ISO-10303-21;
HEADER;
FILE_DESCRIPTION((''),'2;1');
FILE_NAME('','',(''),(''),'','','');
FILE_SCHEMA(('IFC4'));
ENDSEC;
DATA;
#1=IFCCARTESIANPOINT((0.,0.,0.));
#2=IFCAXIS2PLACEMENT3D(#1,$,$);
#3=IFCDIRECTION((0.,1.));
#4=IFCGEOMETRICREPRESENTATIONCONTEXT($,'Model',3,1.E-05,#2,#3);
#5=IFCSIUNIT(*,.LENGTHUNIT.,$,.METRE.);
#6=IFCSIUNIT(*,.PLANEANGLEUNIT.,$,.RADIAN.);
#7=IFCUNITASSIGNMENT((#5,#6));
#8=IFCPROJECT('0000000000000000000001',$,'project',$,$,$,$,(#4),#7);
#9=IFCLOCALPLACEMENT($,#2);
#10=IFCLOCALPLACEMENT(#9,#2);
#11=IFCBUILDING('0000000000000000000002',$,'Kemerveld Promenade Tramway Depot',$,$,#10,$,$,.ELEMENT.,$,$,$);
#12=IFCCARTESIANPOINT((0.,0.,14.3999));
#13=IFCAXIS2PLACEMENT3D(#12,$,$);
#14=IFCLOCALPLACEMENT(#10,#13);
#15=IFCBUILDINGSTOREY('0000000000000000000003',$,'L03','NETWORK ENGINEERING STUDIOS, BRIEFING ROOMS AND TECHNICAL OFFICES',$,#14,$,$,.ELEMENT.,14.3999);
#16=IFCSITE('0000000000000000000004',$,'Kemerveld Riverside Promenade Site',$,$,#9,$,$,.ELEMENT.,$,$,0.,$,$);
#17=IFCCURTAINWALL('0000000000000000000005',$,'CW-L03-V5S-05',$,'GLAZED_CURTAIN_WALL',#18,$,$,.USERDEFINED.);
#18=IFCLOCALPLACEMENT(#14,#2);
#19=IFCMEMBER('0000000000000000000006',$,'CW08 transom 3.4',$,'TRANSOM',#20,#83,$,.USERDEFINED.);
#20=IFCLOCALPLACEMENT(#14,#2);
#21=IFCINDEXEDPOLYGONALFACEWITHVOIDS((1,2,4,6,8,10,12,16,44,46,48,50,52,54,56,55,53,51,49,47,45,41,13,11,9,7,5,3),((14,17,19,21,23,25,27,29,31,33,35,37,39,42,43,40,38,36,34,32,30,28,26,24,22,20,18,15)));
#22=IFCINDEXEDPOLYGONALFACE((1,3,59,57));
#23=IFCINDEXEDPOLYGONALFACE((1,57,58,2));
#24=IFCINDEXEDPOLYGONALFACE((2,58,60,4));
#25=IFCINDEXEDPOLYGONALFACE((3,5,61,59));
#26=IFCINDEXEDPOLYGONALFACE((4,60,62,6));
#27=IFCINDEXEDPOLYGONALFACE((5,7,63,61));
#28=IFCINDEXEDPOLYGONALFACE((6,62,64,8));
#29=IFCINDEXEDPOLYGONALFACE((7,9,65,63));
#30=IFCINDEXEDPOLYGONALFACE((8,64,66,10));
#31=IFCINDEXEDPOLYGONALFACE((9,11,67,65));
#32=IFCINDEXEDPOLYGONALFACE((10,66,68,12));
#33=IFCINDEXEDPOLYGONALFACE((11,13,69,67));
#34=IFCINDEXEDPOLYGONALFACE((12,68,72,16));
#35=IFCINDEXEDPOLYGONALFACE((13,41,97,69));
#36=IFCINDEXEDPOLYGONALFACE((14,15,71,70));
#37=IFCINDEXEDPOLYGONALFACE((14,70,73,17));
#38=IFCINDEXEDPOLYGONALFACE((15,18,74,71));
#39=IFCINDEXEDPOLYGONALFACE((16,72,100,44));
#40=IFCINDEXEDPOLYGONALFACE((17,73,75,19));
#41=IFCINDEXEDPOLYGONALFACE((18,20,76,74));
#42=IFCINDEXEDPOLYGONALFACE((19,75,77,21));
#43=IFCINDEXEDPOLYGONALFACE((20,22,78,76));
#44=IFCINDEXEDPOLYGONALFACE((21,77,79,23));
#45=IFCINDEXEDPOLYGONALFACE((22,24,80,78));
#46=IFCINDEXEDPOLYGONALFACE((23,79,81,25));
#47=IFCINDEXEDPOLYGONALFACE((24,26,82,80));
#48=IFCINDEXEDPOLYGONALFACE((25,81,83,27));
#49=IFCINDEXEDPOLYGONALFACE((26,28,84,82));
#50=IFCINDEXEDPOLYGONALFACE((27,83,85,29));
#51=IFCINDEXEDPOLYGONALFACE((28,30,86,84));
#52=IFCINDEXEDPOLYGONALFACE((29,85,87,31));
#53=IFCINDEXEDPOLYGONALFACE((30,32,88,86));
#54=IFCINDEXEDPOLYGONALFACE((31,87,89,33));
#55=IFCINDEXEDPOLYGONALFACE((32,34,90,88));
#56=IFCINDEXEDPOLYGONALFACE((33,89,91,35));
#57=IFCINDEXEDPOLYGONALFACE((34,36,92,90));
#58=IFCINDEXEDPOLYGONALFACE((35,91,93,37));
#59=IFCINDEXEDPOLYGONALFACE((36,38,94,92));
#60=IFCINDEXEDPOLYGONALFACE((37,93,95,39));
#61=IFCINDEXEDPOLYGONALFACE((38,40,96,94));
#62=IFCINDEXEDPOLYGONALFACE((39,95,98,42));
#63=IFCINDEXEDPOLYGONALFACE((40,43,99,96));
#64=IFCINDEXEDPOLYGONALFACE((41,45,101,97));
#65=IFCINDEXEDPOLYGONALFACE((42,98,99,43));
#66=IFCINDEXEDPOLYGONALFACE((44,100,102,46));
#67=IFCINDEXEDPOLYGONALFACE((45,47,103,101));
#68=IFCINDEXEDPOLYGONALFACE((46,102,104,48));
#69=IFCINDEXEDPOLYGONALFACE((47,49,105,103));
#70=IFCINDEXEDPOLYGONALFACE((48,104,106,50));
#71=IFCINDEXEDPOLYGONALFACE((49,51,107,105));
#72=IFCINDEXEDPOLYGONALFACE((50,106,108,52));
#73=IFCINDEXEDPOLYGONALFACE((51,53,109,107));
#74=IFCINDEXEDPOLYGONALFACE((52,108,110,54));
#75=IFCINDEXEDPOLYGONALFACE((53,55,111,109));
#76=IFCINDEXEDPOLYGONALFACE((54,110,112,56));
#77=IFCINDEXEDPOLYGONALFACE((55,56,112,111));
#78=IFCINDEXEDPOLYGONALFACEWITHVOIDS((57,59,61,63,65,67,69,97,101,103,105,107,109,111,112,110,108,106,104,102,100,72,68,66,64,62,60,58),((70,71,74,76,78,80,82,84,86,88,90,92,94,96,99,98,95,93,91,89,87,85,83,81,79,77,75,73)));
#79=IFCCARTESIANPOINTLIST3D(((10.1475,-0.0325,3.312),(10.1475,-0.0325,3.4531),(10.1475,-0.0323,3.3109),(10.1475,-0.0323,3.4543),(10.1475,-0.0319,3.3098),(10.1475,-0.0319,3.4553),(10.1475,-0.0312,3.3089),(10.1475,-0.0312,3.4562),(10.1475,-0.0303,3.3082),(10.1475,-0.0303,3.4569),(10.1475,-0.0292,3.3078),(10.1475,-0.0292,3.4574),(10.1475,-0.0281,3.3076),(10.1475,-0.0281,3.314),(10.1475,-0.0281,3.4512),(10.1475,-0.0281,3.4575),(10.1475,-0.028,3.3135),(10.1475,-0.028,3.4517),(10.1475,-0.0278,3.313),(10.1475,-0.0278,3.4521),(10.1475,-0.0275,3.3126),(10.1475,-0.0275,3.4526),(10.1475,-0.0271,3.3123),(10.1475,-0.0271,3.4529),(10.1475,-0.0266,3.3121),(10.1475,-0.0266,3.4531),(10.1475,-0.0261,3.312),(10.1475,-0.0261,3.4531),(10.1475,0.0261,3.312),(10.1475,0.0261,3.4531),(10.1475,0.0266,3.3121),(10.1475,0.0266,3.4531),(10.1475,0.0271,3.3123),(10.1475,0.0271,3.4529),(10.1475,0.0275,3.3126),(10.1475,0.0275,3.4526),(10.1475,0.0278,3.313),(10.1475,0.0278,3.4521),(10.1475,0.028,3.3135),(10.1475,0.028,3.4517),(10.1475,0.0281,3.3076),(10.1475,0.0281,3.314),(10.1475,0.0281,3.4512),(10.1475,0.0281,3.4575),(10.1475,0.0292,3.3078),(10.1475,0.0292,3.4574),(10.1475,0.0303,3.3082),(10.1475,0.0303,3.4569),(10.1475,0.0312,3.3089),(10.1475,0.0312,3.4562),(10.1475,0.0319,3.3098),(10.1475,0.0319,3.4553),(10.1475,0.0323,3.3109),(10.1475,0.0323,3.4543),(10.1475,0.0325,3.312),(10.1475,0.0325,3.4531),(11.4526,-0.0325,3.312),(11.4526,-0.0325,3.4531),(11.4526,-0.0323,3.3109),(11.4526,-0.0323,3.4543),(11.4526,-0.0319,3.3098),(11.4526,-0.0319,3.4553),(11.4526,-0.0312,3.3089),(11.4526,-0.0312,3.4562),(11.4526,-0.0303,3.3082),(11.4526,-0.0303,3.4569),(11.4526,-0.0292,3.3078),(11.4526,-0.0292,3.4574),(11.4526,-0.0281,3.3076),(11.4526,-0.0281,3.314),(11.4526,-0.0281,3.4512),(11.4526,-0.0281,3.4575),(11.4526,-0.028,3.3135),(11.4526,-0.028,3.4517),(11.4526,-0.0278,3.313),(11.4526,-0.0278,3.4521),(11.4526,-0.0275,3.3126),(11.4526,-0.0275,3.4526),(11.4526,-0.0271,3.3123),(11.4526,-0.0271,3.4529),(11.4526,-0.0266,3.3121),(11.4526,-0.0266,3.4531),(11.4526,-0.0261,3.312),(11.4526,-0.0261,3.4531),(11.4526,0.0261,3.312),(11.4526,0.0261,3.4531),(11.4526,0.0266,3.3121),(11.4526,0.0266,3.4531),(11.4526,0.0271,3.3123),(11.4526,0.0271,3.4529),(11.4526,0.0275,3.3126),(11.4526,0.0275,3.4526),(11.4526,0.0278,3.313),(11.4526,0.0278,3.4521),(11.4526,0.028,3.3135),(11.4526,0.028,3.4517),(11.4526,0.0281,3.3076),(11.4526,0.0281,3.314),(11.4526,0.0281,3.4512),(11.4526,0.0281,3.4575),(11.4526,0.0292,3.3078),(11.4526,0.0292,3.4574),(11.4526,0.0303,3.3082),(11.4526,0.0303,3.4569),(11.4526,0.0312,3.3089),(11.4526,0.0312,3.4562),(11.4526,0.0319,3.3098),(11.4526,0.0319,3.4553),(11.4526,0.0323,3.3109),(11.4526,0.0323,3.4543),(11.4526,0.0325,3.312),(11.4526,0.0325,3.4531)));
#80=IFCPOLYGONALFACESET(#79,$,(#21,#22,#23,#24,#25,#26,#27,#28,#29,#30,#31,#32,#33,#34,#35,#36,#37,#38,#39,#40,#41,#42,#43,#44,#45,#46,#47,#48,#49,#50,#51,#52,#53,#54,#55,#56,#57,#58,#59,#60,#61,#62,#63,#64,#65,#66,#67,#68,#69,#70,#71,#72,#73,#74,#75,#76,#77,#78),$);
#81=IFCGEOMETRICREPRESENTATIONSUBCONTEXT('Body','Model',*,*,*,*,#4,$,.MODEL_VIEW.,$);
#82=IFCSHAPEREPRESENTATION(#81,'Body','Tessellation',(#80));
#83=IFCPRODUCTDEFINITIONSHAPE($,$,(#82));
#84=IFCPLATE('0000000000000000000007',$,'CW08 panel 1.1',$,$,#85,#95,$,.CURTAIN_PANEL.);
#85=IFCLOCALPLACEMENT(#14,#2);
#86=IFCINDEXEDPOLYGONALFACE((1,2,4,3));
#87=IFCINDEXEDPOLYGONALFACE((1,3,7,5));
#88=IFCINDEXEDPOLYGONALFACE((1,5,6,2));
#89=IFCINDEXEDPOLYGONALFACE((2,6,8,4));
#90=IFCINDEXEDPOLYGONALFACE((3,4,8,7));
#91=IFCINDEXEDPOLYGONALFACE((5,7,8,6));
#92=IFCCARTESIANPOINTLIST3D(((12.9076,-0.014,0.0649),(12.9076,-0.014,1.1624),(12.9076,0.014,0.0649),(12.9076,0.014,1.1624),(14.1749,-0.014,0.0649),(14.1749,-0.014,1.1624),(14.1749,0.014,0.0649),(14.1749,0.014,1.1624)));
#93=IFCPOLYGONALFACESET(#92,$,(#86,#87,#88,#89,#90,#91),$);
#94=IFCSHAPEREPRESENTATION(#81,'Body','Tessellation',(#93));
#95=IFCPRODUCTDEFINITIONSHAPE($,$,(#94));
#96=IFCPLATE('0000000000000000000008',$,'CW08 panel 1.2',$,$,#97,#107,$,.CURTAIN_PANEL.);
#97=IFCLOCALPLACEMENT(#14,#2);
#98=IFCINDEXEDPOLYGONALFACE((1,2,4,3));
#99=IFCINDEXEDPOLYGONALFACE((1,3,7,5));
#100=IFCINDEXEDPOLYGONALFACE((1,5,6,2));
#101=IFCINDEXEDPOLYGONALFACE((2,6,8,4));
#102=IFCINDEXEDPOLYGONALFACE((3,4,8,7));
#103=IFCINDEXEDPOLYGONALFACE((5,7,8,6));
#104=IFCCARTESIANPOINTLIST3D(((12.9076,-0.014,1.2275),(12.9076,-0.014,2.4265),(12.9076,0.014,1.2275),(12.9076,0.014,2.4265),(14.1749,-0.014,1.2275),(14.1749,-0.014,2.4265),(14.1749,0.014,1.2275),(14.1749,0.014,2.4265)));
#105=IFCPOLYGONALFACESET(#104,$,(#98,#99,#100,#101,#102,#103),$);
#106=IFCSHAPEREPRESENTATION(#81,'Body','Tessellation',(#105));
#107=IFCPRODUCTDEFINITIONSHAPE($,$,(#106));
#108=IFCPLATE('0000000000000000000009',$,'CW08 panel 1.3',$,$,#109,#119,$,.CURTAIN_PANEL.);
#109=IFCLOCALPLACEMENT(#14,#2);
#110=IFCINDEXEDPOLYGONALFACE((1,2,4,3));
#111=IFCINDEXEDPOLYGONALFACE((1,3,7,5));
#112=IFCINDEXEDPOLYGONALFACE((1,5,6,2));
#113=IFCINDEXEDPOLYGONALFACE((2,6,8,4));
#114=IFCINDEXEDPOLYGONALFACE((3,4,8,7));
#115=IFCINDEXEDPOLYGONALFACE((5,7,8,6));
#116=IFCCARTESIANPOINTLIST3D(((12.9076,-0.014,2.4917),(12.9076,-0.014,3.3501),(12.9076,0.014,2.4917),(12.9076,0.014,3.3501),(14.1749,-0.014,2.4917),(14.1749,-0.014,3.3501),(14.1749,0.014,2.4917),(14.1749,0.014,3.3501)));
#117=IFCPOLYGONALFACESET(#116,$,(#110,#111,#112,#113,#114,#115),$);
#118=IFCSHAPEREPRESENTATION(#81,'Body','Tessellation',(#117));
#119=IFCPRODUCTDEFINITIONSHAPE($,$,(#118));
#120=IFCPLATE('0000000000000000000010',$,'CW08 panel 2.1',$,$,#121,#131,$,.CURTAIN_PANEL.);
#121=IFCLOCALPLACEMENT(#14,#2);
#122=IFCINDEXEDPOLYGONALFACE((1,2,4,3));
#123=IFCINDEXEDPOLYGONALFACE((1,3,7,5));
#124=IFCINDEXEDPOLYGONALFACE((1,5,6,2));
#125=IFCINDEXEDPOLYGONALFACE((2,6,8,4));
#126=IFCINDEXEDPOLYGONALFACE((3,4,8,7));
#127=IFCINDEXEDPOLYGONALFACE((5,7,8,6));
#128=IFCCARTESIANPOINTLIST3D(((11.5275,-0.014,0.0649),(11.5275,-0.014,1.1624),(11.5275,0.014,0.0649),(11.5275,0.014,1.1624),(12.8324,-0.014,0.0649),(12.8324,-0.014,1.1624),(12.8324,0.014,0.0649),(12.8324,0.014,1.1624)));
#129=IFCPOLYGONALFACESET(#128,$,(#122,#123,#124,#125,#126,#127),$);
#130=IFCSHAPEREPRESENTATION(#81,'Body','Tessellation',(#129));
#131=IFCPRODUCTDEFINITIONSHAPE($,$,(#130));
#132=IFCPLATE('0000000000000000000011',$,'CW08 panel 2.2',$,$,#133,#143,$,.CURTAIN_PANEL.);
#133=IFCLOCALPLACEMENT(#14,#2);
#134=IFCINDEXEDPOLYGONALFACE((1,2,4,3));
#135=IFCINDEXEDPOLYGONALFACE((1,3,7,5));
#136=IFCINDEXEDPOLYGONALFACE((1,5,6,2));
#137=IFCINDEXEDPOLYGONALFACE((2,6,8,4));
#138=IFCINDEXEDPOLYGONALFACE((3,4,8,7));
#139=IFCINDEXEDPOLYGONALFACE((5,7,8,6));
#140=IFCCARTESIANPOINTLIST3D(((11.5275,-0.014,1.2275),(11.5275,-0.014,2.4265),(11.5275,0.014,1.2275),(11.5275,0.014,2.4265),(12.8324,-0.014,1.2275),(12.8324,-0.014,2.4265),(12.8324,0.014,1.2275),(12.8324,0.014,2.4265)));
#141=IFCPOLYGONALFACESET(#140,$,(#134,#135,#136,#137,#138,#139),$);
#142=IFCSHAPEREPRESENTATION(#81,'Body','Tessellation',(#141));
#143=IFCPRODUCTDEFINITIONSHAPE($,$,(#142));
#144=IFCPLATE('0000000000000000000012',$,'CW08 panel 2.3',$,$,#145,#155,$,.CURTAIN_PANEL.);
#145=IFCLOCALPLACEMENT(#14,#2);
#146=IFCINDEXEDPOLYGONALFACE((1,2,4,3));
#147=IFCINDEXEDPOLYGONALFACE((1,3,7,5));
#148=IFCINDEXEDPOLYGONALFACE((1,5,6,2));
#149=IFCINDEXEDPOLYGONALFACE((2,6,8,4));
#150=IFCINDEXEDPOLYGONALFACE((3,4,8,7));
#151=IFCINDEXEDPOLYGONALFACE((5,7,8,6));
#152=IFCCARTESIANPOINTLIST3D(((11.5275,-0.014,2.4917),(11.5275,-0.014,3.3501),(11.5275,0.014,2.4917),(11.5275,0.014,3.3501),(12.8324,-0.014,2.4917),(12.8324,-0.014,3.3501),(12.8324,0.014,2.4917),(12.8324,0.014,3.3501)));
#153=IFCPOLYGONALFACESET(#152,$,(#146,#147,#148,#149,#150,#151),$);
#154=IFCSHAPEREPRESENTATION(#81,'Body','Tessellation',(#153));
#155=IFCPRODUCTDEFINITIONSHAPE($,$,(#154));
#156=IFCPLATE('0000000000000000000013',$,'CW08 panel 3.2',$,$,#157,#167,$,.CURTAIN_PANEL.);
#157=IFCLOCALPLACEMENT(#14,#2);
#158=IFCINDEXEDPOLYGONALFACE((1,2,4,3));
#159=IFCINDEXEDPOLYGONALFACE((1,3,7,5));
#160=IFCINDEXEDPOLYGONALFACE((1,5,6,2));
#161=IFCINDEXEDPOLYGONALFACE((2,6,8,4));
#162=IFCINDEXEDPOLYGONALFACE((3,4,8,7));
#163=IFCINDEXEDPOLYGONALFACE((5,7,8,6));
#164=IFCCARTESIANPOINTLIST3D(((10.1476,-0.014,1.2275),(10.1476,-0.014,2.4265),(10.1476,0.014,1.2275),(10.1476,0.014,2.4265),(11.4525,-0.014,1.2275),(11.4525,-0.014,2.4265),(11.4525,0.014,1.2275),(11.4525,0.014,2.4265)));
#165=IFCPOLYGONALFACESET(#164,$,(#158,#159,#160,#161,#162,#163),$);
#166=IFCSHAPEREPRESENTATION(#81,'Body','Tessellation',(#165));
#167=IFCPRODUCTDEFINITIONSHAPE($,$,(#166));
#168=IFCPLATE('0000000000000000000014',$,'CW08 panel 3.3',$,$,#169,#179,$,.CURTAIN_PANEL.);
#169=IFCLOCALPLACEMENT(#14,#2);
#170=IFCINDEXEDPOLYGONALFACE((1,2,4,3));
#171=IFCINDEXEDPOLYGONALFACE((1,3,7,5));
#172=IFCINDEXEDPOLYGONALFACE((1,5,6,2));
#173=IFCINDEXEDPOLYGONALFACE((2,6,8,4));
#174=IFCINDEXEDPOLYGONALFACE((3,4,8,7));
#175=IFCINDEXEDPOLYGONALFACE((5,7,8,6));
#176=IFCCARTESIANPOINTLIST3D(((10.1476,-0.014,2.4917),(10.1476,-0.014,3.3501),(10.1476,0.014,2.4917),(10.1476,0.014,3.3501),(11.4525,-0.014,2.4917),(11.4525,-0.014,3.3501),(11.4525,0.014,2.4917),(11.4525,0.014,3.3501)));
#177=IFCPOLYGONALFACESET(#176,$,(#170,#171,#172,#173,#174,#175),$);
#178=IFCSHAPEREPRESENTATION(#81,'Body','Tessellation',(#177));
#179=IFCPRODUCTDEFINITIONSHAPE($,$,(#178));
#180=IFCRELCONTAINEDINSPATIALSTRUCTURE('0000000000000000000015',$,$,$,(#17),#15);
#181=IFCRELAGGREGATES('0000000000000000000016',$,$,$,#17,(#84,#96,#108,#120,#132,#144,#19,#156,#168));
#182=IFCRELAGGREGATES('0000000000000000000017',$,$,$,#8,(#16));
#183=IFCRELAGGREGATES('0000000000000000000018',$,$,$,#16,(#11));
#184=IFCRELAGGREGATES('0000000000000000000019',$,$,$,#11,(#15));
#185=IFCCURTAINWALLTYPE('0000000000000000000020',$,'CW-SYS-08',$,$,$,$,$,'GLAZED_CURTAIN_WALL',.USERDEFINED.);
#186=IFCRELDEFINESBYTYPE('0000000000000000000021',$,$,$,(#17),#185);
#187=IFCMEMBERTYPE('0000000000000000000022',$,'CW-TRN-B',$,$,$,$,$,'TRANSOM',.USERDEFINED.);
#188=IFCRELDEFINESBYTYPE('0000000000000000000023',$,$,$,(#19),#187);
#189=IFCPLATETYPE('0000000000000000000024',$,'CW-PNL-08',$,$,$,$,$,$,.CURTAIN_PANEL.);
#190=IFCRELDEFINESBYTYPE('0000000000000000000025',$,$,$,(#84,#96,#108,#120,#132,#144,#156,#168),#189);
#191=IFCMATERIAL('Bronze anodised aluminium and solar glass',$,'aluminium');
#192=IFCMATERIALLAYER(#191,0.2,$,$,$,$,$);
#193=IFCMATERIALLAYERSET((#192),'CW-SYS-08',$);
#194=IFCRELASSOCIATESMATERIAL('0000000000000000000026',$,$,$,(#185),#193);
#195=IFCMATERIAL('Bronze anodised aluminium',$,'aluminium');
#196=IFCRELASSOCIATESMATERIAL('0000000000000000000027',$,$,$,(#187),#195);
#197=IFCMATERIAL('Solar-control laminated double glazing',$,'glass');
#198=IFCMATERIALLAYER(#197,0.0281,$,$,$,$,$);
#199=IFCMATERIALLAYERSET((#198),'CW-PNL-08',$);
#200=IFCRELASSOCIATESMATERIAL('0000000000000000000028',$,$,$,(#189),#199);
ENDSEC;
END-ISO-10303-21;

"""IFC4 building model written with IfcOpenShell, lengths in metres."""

from ifc_helpers import new_model, si_unit, direction, frame, origin, origin_2d, place, context, subcontext, project, spatial, rectangle, hollow_rectangle, extrude, material, layer, layer_set, material_profile, profile_set, type_object, element, aggregate, save


model = new_model("IFC4")

# Units and contexts
model_context = context("Model", 3, precision=1e-05, world=origin(), true_north=direction((0.0, 1.0)))
body_context = subcontext(model_context, "Body", "Model", "MODEL_VIEW")
ifc_project = project(units=[si_unit("LENGTHUNIT", "METRE"), si_unit("PLANEANGLEUNIT", "RADIAN")], contexts=[model_context])

# Site, building, storey
site_placement = place(None, origin())
site = spatial("IfcSite", under=ifc_project, at=site_placement, Name="Kemerveld Riverside Promenade Site", CompositionType="ELEMENT", RefElevation=0.0)
building_placement = place(site_placement, origin())
building = spatial("IfcBuilding", under=site, at=building_placement, Name="Kemerveld Promenade Tramway Depot", CompositionType="ELEMENT")
storey_placement = place(building_placement, frame((0.0, 0.0, 14.3999)))
storey = spatial("IfcBuildingStorey", under=building, at=storey_placement, Name="L03", Description="NETWORK ENGINEERING STUDIOS, BRIEFING ROOMS AND TECHNICAL OFFICES", CompositionType="ELEMENT", Elevation=14.3999)

# Curtain wall, member, plates
ifc_material_1 = material(Name="Bronze anodised aluminium and solar glass", Category="aluminium")
ifc_layer_1 = layer(ifc_material_1, 0.2)
ifc_layer_set_1 = layer_set([ifc_layer_1], Name="CW-SYS-08")
curtain_wall_type = type_object("IfcCurtainWallType", Name="CW-SYS-08", ElementType="GLAZED_CURTAIN_WALL", PredefinedType="USERDEFINED", material=ifc_layer_set_1)
curtain_wall_placement = place(storey_placement, origin())
curtain_wall = element("IfcCurtainWall", 1, at=curtain_wall_placement, inside=storey, type_object=curtain_wall_type, Name="CW-L03-V5S-05", ObjectType="GLAZED_CURTAIN_WALL", PredefinedType="USERDEFINED")
ifc_material_2 = material(Name="Bronze anodised aluminium", Category="aluminium")
ifc_material_profile_1 = material_profile(ifc_material_2, hollow_rectangle(XDim=0.0649, YDim=0.1499, WallThickness=0.0044, InnerFilletRadius=0.002, OuterFilletRadius=0.0044, at=origin_2d()), Name="CW-TRN-150x65")
ifc_profile_set_1 = profile_set([ifc_material_profile_1], Name="Bronze anodised aluminium")
member_type_1 = type_object("IfcMemberType", Name="CW-TRN-B", ElementType="TRANSOM", PredefinedType="USERDEFINED", material=ifc_profile_set_1)
member_1_placement = place(storey_placement, frame((11.4526, 0.0, 3.3826), z_axis=(-1.0, 0.0, 0.0), x_axis=(0.0, -1.0, 0.0)))
member_1 = element("IfcMember", 2, at=member_1_placement, type_object=member_type_1, Name="CW08 transom 3.4", ObjectType="TRANSOM", PredefinedType="USERDEFINED", context=body_context, shape_type="SweptSolid", body=[
    extrude(hollow_rectangle(XDim=0.0649, YDim=0.1499, WallThickness=0.0044, InnerFilletRadius=0.002, OuterFilletRadius=0.0044, at=origin_2d()), origin(), (0.0, 0.0, 1.0), 1.3052),
])
ifc_material_3 = material(Name="Solar-control laminated double glazing", Category="glass")
ifc_layer_2 = layer(ifc_material_3, 0.0281)
ifc_layer_set_2 = layer_set([ifc_layer_2], Name="CW-PNL-08")
plate_type = type_object("IfcPlateType", Name="CW-PNL-08", PredefinedType="CURTAIN_PANEL", material=ifc_layer_set_2)
plate_1_placement = place(storey_placement, frame((13.5413, 0.0, 0.0649), z_axis=(0.0, 0.0, 1.0), x_axis=(-1.0, 0.0, 0.0)))
plate_1 = element("IfcPlate", 3, at=plate_1_placement, type_object=plate_type, Name="CW08 panel 1.1", PredefinedType="CURTAIN_PANEL", context=body_context, shape_type="SweptSolid", body=[
    extrude(rectangle(XDim=1.2673, YDim=0.0281, at=origin_2d()), origin(), (0.0, 0.0, 1.0), 1.0974),
])
plate_2_placement = place(storey_placement, frame((13.5413, 0.0, 1.2275), z_axis=(0.0, 0.0, 1.0), x_axis=(-1.0, 0.0, 0.0)))
plate_2 = element("IfcPlate", 4, at=plate_2_placement, type_object=plate_type, Name="CW08 panel 1.2", PredefinedType="CURTAIN_PANEL", context=body_context, shape_type="SweptSolid", body=[
    extrude(rectangle(XDim=1.2673, YDim=0.0281, at=origin_2d()), origin(), (0.0, 0.0, 1.0), 1.199),
])
plate_3_placement = place(storey_placement, frame((13.5413, 0.0, 2.4917), z_axis=(0.0, 0.0, 1.0), x_axis=(-1.0, 0.0, 0.0)))
plate_3 = element("IfcPlate", 5, at=plate_3_placement, type_object=plate_type, Name="CW08 panel 1.3", PredefinedType="CURTAIN_PANEL", context=body_context, shape_type="SweptSolid", body=[
    extrude(rectangle(XDim=1.2673, YDim=0.0281, at=origin_2d()), origin(), (0.0, 0.0, 1.0), 0.8584),
])
plate_4_placement = place(storey_placement, frame((12.1799, 0.0, 0.0649), z_axis=(0.0, 0.0, 1.0), x_axis=(-1.0, 0.0, 0.0)))
plate_4 = element("IfcPlate", 6, at=plate_4_placement, type_object=plate_type, Name="CW08 panel 2.1", PredefinedType="CURTAIN_PANEL", context=body_context, shape_type="SweptSolid", body=[
    extrude(rectangle(XDim=1.3049, YDim=0.0281, at=origin_2d()), origin(), (0.0, 0.0, 1.0), 1.0974),
])
plate_5_placement = place(storey_placement, frame((12.1799, 0.0, 1.2275), z_axis=(0.0, 0.0, 1.0), x_axis=(-1.0, 0.0, 0.0)))
plate_5 = element("IfcPlate", 7, at=plate_5_placement, type_object=plate_type, Name="CW08 panel 2.2", PredefinedType="CURTAIN_PANEL", context=body_context, shape_type="SweptSolid", body=[
    extrude(rectangle(XDim=1.3049, YDim=0.0281, at=origin_2d()), origin(), (0.0, 0.0, 1.0), 1.199),
])
plate_6_placement = place(storey_placement, frame((12.1799, 0.0, 2.4917), z_axis=(0.0, 0.0, 1.0), x_axis=(-1.0, 0.0, 0.0)))
plate_6 = element("IfcPlate", 8, at=plate_6_placement, type_object=plate_type, Name="CW08 panel 2.3", PredefinedType="CURTAIN_PANEL", context=body_context, shape_type="SweptSolid", body=[
    extrude(rectangle(XDim=1.3049, YDim=0.0281, at=origin_2d()), origin(), (0.0, 0.0, 1.0), 0.8584),
])
plate_7_placement = place(storey_placement, frame((10.8, 0.0, 1.2275), z_axis=(0.0, 0.0, 1.0), x_axis=(-1.0, 0.0, 0.0)))
plate_7 = element("IfcPlate", 9, at=plate_7_placement, type_object=plate_type, Name="CW08 panel 3.2", PredefinedType="CURTAIN_PANEL", context=body_context, shape_type="SweptSolid", body=[
    extrude(rectangle(XDim=1.3049, YDim=0.0281, at=origin_2d()), origin(), (0.0, 0.0, 1.0), 1.199),
])
plate_8_placement = place(storey_placement, frame((10.8, 0.0, 2.4917), z_axis=(0.0, 0.0, 1.0), x_axis=(-1.0, 0.0, 0.0)))
plate_8 = element("IfcPlate", 10, at=plate_8_placement, type_object=plate_type, Name="CW08 panel 3.3", PredefinedType="CURTAIN_PANEL", context=body_context, shape_type="SweptSolid", body=[
    extrude(rectangle(XDim=1.3049, YDim=0.0281, at=origin_2d()), origin(), (0.0, 0.0, 1.0), 0.8584),
])
aggregate(curtain_wall, [plate_1, plate_2, plate_3, plate_4, plate_5, plate_6, member_1, plate_7, plate_8])

save(model, "model.ifc")
